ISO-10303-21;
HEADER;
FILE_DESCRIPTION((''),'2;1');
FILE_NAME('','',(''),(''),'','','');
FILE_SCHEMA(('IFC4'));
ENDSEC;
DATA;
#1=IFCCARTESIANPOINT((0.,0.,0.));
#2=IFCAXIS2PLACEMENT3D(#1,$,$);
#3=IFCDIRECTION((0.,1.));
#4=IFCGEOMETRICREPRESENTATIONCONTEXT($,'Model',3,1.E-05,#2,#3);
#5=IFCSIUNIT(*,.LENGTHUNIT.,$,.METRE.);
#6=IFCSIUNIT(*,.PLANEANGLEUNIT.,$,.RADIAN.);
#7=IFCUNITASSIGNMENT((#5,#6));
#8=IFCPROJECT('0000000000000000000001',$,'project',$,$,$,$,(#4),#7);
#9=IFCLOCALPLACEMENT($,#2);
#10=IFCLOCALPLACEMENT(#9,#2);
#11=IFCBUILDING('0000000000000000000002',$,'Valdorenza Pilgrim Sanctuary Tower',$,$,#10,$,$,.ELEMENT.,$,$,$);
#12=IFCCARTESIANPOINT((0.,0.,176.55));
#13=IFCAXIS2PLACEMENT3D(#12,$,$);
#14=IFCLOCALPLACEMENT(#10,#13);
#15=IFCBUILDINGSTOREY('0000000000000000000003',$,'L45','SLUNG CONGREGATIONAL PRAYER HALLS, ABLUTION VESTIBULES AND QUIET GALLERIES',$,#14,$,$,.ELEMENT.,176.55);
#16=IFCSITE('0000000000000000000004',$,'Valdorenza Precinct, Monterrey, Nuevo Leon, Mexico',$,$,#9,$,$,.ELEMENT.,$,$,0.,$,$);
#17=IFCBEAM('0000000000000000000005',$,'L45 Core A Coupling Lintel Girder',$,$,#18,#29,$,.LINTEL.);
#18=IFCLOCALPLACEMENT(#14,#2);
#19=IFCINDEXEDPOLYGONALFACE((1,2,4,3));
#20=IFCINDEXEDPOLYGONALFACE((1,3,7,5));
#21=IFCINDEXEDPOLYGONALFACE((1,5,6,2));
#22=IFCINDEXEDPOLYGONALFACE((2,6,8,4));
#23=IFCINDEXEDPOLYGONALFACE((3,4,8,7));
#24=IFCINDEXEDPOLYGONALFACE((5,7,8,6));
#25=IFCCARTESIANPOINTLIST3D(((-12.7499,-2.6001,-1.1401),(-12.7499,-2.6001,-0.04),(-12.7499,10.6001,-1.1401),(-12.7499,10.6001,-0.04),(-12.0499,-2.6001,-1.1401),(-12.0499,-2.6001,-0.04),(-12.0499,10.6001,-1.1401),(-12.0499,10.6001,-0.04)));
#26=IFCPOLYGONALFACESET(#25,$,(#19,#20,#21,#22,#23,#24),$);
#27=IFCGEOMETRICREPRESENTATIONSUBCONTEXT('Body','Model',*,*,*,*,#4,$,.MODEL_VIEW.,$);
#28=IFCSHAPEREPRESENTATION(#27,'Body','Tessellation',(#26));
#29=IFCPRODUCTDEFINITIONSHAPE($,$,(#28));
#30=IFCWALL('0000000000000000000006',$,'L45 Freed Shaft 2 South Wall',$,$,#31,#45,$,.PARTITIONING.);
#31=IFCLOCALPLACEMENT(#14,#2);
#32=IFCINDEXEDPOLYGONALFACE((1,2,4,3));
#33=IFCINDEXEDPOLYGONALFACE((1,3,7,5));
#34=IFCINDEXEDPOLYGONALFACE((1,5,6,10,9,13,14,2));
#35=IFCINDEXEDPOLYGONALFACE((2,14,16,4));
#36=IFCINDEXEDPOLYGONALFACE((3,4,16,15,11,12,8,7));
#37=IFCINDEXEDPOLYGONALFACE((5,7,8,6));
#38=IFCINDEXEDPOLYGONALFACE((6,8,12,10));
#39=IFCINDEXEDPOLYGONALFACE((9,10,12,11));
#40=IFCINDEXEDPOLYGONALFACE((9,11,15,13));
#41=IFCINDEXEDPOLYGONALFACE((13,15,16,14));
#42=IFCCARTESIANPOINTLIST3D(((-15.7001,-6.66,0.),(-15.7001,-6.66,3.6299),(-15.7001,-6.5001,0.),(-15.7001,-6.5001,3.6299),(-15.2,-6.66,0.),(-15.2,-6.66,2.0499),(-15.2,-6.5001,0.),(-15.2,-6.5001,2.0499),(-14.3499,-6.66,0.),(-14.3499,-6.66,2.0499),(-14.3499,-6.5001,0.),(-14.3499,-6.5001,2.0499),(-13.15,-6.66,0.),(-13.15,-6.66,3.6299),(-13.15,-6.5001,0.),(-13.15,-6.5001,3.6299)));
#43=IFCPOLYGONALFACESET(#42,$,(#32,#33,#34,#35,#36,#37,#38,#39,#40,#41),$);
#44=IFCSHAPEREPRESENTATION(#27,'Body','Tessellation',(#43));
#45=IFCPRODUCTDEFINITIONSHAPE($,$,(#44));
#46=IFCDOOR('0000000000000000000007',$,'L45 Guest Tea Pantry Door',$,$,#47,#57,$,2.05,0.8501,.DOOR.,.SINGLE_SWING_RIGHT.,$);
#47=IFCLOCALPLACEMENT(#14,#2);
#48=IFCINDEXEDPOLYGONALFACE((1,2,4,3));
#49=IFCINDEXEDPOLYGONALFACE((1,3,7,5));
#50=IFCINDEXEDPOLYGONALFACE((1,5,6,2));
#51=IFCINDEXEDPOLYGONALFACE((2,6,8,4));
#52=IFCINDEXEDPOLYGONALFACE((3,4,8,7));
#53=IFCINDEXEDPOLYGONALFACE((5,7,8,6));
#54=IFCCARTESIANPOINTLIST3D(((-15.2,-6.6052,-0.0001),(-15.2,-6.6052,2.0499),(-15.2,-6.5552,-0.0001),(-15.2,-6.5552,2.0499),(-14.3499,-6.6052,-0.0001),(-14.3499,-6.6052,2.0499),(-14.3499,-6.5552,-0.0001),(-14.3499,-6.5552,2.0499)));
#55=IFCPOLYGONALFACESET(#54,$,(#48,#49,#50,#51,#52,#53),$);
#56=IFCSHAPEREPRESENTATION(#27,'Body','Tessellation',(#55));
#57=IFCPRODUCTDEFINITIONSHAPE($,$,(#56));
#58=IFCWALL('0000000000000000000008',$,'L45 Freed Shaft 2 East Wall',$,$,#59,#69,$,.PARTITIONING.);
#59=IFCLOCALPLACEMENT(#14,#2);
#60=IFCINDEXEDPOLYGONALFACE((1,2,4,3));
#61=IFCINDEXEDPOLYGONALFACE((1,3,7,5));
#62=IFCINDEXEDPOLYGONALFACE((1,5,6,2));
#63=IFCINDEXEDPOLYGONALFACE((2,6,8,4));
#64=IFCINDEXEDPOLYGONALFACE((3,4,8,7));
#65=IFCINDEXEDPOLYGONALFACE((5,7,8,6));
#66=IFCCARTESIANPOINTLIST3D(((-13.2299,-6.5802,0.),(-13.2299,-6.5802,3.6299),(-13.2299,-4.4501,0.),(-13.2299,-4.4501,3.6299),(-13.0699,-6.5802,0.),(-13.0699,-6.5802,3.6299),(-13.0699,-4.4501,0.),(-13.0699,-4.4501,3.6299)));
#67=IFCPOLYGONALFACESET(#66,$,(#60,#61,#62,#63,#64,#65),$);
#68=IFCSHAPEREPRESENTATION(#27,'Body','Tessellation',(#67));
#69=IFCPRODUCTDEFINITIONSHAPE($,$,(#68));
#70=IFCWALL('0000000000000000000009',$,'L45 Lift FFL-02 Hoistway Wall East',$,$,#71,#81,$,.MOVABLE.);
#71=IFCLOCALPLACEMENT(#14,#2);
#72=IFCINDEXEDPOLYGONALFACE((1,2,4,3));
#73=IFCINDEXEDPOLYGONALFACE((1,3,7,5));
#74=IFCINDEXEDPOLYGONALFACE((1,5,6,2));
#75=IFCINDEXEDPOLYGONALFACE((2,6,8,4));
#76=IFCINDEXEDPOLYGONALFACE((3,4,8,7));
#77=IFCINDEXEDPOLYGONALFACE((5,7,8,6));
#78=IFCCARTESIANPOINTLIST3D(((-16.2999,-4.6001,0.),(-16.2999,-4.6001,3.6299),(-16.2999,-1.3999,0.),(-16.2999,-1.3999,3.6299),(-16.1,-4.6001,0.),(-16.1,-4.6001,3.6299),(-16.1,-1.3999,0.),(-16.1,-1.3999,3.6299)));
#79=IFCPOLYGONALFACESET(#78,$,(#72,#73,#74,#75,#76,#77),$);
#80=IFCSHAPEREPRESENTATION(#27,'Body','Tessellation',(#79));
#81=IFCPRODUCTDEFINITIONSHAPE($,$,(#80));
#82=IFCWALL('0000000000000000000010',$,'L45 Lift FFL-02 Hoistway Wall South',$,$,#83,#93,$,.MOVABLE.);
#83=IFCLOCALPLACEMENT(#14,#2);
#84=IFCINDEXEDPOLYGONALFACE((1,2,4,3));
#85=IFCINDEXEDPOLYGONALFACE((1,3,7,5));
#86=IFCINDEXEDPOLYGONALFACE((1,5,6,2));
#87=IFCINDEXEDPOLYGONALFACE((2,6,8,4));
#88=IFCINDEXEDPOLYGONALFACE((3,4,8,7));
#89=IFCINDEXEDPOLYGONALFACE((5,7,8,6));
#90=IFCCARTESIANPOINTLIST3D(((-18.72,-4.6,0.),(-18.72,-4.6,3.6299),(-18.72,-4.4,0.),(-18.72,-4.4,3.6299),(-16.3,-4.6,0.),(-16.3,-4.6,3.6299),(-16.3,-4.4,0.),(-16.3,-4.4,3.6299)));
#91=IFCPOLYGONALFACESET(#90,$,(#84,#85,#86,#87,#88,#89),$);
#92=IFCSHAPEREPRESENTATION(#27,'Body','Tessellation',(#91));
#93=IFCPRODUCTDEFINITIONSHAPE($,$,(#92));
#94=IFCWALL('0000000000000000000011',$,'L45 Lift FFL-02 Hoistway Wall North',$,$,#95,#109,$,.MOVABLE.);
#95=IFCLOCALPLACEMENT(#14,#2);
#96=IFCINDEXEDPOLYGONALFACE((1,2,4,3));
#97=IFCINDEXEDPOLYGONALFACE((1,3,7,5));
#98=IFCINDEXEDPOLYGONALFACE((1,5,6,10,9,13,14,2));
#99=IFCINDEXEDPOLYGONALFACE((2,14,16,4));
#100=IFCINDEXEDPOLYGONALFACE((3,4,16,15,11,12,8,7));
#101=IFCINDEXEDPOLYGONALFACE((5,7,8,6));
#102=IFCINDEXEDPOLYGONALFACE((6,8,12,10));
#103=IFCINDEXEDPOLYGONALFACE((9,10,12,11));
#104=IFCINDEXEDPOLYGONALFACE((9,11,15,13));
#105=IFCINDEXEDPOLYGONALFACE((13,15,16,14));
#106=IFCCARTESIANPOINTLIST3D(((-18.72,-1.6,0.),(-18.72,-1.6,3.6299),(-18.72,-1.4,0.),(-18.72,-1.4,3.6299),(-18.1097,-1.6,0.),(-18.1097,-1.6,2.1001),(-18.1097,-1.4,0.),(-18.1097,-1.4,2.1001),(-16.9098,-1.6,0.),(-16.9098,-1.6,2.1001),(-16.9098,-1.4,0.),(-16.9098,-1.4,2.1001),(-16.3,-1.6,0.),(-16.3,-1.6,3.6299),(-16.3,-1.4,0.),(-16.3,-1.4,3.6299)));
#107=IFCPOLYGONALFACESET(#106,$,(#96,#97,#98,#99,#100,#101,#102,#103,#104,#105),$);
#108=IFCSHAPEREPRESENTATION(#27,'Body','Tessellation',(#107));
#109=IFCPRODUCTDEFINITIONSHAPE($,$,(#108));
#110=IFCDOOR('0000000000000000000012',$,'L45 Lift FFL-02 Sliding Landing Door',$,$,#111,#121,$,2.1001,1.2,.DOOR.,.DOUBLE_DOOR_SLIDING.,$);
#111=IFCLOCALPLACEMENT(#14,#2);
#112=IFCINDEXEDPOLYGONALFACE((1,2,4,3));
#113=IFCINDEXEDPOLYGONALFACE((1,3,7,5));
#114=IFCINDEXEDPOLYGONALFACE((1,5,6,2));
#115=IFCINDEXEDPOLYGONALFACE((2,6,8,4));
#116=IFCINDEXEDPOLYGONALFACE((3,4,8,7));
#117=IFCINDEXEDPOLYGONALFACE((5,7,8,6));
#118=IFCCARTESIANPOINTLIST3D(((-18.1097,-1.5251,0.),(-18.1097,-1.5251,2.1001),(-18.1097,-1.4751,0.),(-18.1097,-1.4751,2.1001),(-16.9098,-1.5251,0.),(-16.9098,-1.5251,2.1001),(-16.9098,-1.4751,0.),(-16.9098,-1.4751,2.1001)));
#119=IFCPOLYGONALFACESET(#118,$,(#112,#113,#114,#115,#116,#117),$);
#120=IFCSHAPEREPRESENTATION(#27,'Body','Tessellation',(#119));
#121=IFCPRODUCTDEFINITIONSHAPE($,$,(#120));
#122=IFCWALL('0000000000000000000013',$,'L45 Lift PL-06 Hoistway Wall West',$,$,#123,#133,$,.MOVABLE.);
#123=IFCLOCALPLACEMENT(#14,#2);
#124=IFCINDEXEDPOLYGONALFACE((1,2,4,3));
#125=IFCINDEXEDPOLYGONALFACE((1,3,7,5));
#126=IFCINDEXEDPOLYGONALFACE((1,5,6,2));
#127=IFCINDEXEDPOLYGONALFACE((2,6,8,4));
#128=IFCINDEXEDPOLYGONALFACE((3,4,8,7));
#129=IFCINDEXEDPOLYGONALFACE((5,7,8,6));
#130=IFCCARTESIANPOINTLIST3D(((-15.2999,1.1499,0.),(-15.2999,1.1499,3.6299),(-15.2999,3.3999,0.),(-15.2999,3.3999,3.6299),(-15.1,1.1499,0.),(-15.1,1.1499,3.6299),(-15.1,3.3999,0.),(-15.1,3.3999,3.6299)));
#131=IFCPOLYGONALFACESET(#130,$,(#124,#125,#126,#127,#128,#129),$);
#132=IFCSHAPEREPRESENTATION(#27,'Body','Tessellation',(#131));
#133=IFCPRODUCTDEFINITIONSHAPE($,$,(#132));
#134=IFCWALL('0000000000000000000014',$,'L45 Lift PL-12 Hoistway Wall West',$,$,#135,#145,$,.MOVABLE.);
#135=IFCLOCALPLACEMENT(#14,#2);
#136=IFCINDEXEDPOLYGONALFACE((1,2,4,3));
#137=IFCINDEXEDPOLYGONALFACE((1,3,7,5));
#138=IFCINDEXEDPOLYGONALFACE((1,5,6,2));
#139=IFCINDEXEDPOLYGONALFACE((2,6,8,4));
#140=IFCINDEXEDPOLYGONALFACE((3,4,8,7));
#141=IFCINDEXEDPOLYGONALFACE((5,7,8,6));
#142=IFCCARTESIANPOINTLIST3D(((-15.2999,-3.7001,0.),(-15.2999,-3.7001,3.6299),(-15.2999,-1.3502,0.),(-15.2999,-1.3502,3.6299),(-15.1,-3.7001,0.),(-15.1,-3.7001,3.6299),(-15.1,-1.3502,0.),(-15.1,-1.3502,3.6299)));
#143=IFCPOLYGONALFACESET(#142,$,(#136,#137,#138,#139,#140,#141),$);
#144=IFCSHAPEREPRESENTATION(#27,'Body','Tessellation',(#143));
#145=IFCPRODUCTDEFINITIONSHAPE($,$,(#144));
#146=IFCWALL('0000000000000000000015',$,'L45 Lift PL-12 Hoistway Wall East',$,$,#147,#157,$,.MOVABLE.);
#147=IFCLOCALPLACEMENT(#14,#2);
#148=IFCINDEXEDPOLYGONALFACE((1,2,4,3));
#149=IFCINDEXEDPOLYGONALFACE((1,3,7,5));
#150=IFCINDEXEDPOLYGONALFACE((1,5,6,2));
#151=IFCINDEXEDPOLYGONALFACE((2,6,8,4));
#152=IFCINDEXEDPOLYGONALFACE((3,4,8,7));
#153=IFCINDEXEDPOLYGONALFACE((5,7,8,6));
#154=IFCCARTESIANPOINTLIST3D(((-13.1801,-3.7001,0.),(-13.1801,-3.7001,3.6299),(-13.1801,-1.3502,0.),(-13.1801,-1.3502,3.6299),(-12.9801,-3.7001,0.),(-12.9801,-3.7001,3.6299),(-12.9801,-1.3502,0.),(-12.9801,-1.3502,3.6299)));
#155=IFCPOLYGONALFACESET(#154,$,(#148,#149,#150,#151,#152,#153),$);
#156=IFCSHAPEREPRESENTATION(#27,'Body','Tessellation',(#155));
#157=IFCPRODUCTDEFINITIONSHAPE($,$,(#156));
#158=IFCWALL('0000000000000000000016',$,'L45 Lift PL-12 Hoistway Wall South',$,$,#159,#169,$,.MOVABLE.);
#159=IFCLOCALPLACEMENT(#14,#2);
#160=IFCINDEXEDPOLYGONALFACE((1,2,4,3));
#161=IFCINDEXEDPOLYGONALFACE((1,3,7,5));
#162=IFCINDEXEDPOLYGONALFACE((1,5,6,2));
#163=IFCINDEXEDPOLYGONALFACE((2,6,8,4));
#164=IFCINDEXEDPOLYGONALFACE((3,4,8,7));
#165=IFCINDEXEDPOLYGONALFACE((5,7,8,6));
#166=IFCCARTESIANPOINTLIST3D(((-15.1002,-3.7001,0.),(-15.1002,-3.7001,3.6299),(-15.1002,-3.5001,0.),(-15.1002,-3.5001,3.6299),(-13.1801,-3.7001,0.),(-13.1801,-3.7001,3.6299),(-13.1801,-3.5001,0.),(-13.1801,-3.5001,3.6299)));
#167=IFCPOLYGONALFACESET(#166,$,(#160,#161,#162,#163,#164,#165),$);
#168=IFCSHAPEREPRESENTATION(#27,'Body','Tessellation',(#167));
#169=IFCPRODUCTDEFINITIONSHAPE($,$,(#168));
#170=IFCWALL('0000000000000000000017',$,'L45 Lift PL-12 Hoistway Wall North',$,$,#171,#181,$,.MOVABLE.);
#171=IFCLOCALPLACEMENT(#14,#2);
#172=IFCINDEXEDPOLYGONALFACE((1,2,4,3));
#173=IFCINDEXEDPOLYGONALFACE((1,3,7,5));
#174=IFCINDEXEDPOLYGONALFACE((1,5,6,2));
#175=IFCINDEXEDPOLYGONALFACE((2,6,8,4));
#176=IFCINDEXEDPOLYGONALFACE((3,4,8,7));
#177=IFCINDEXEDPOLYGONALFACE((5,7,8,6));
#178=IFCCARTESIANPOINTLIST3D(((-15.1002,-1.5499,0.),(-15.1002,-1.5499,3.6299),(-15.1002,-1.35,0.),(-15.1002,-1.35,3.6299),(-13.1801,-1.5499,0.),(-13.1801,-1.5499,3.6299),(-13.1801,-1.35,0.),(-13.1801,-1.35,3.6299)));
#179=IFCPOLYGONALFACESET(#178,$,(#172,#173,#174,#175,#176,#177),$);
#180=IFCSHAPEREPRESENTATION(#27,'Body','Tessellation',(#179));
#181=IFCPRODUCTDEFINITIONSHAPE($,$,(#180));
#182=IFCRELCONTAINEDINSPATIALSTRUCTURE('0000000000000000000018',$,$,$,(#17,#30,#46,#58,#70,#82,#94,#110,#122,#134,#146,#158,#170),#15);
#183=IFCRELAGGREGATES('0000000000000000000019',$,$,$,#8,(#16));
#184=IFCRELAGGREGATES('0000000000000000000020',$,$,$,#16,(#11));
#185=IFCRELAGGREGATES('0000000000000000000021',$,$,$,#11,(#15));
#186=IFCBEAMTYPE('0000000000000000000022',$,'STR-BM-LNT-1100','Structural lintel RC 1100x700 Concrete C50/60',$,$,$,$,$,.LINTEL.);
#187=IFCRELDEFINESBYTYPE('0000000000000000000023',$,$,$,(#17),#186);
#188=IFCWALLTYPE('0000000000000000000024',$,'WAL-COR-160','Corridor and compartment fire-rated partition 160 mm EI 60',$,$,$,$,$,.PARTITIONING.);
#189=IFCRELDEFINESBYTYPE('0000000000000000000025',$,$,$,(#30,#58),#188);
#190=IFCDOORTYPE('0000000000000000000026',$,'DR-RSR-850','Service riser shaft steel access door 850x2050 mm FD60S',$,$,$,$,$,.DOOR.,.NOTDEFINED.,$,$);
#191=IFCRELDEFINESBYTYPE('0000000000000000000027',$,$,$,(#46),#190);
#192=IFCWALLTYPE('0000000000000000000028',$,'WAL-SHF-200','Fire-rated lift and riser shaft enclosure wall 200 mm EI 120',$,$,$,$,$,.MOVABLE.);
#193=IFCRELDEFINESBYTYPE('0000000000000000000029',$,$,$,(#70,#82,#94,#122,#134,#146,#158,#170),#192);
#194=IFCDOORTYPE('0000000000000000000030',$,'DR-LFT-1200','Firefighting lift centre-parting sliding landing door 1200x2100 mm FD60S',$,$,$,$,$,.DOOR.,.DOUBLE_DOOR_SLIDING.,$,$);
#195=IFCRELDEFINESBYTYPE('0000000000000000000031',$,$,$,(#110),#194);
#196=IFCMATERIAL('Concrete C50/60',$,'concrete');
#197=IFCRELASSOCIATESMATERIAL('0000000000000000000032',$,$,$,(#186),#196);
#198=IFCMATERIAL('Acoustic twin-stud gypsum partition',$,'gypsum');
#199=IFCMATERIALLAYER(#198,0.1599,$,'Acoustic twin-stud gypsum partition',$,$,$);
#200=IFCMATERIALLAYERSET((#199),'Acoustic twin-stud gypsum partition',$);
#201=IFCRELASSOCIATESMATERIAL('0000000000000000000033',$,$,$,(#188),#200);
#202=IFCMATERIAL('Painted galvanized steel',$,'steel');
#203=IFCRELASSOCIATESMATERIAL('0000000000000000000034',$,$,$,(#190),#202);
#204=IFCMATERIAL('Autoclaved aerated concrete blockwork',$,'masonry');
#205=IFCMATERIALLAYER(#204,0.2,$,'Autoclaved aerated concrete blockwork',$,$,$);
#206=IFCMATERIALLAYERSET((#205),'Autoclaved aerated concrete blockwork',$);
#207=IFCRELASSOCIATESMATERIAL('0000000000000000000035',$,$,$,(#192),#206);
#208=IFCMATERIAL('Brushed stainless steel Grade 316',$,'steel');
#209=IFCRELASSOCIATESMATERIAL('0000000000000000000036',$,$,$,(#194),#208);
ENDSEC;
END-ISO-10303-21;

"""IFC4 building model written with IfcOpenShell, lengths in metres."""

from ifc_helpers import new_model, si_unit, direction, frame, frame_2d, origin, origin_2d, place, context, subcontext, project, spatial, rectangle, extrude, source, transform, mapped, material, layer, layer_set, material_profile, profile_set, type_object, element, fill, save


model = new_model("IFC4")

# Units and contexts
model_context = context("Model", 3, precision=1e-05, world=origin(), true_north=direction((0.0, 1.0)))
body_context = subcontext(model_context, "Body", "Model", "MODEL_VIEW")
ifc_project = project(units=[si_unit("LENGTHUNIT", "METRE"), si_unit("PLANEANGLEUNIT", "RADIAN")], contexts=[model_context])

# Site, building, storey
site_placement = place(None, origin())
site = spatial("IfcSite", under=ifc_project, at=site_placement, Name="Valdorenza Precinct, Monterrey, Nuevo Leon, Mexico", CompositionType="ELEMENT", RefElevation=0.0)
building_placement = place(site_placement, origin())
building = spatial("IfcBuilding", under=site, at=building_placement, Name="Valdorenza Pilgrim Sanctuary Tower", CompositionType="ELEMENT")
storey_placement = place(building_placement, frame((0.0, 0.0, 176.55)))
storey = spatial("IfcBuildingStorey", under=building, at=storey_placement, Name="L45", Description="SLUNG CONGREGATIONAL PRAYER HALLS, ABLUTION VESTIBULES AND QUIET GALLERIES", CompositionType="ELEMENT", Elevation=176.55)

# Beam
ifc_material_1 = material(Name="Concrete C50/60", Category="concrete")
ifc_material_profile = material_profile(ifc_material_1, rectangle(XDim=0.7, YDim=1.1001, at=origin_2d()), Name="RC 1100x700")
ifc_profile_set = profile_set([ifc_material_profile], Name="Concrete C50/60")
beam_type = type_object("IfcBeamType", Name="STR-BM-LNT-1100", Description="Structural lintel RC 1100x700 Concrete C50/60", PredefinedType="LINTEL", material=ifc_profile_set)
shared_shape = source(origin(), body_context, "Body", "SweptSolid", [
    extrude(rectangle(XDim=0.7, YDim=1.1001, at=origin_2d()), origin(), (0.0, 0.0, 1.0), 13.2002),
])
beam_placement = place(storey_placement, frame((-12.3999, -2.6001, -0.5901), z_axis=(0.0, 1.0, 0.0), x_axis=(-1.0, 0.0, 0.0)))
element("IfcBeam", 1, at=beam_placement, inside=storey, type_object=beam_type, Name="L45 Core A Coupling Lintel Girder", PredefinedType="LINTEL", context=body_context, shape_type="MappedRepresentation", body=[
    mapped(shared_shape, transform((0.0, 0.0, 0.0), x_axis=(1.0, 0.0, 0.0), y_axis=(0.0, 1.0, 0.0), z_axis=(0.0, 0.0, 1.0), scale=1.0)),
])

# Wall, opening, door
ifc_material_2 = material(Name="Acoustic twin-stud gypsum partition", Category="gypsum")
ifc_layer_1 = layer(ifc_material_2, 0.1599, Name="Acoustic twin-stud gypsum partition")
ifc_layer_set_1 = layer_set([ifc_layer_1], Name="Acoustic twin-stud gypsum partition")
wall_type_1 = type_object("IfcWallType", Name="WAL-COR-160", Description="Corridor and compartment fire-rated partition 160 mm EI 60", PredefinedType="PARTITIONING", material=ifc_layer_set_1)
wall_1_placement = place(storey_placement, frame((-15.7, -6.5801, 0.0), z_axis=(0.0, 0.0, 1.0), x_axis=(1.0, 0.0, 0.0)))
wall_1 = element("IfcWall", 2, at=wall_1_placement, inside=storey, type_object=wall_type_1, Name="L45 Freed Shaft 2 South Wall", PredefinedType="PARTITIONING", context=body_context, shape_type="SweptSolid", body=[
    extrude(rectangle(XDim=2.55, YDim=0.1599, at=frame_2d((1.2749, 0.0))), origin(), (0.0, 0.0, 1.0), 3.6299),
])
opening_1_placement = place(wall_1_placement, frame((0.5, 0.0, 0.0)))
opening_1 = element("IfcOpeningElement", 3, at=opening_1_placement, cuts=wall_1, PredefinedType="OPENING", context=body_context, shape_type="SweptSolid", body=[
    extrude(rectangle(XDim=0.8501, YDim=2.05, at=frame_2d((0.425, 1.0249))), frame((0.0, 0.0947, 0.0), z_axis=(0.0, -1.0, 0.0), x_axis=(1.0, 0.0, 0.0)), (0.0, 0.0, 1.0), 0.1897),
])
ifc_material_3 = material(Name="Painted galvanized steel", Category="steel")
door_type_1 = type_object("IfcDoorType", Name="DR-RSR-850", Description="Service riser shaft steel access door 850x2050 mm FD60S", OperationType="NOTDEFINED", PredefinedType="DOOR", material=ifc_material_3)
door_1_placement = place(opening_1_placement, origin())
door_1 = element("IfcDoor", 4, at=door_1_placement, inside=storey, type_object=door_type_1, Name="L45 Guest Tea Pantry Door", OperationType="SINGLE_SWING_RIGHT", OverallHeight=2.05, OverallWidth=0.8501, PredefinedType="DOOR", context=body_context, shape_type="SweptSolid", body=[
    extrude(rectangle(XDim=0.8501, YDim=2.05, at=frame_2d((0.425, 1.0249))), frame((0.0, 0.0249, 0.0), z_axis=(0.0, -1.0, 0.0), x_axis=(1.0, 0.0, 0.0)), (0.0, 0.0, 1.0), 0.05),
])
fill(opening_1, door_1)

# Wall
wall_2_placement = place(storey_placement, frame((-13.1499, -6.5801, 0.0), z_axis=(0.0, 0.0, 1.0), x_axis=(0.0, 1.0, 0.0)))
element("IfcWall", 5, at=wall_2_placement, inside=storey, type_object=wall_type_1, Name="L45 Freed Shaft 2 East Wall", PredefinedType="PARTITIONING", context=body_context, shape_type="SweptSolid", body=[
    extrude(rectangle(XDim=2.1301, YDim=0.1599, at=frame_2d((1.0649, 0.0))), origin(), (0.0, 0.0, 1.0), 3.6299),
])

# Walls
ifc_material_4 = material(Name="Autoclaved aerated concrete blockwork", Category="masonry")
ifc_layer_2 = layer(ifc_material_4, 0.2, Name="Autoclaved aerated concrete blockwork")
ifc_layer_set_2 = layer_set([ifc_layer_2], Name="Autoclaved aerated concrete blockwork")
wall_type_2 = type_object("IfcWallType", Name="WAL-SHF-200", Description="Fire-rated lift and riser shaft enclosure wall 200 mm EI 120", PredefinedType="MOVABLE", material=ifc_layer_set_2)
wall_3_placement = place(storey_placement, frame((-16.2, -4.6001, 0.0), z_axis=(0.0, 0.0, 1.0), x_axis=(0.0, 1.0, 0.0)))
element("IfcWall", 6, at=wall_3_placement, inside=storey, type_object=wall_type_2, Name="L45 Lift FFL-02 Hoistway Wall East", PredefinedType="MOVABLE", context=body_context, shape_type="SweptSolid", body=[
    extrude(rectangle(XDim=3.2002, YDim=0.2, at=frame_2d((1.6001, 0.0))), origin(), (0.0, 0.0, 1.0), 3.6299),
])
wall_4_placement = place(storey_placement, frame((-18.72, -4.5, 0.0), z_axis=(0.0, 0.0, 1.0), x_axis=(1.0, 0.0, 0.0)))
element("IfcWall", 7, at=wall_4_placement, inside=storey, type_object=wall_type_2, Name="L45 Lift FFL-02 Hoistway Wall South", PredefinedType="MOVABLE", context=body_context, shape_type="SweptSolid", body=[
    extrude(rectangle(XDim=2.4199, YDim=0.2, at=frame_2d((1.21, 0.0))), origin(), (0.0, 0.0, 1.0), 3.6299),
])

# Wall, opening, door
wall_5_placement = place(storey_placement, frame((-18.72, -1.5, 0.0), z_axis=(0.0, 0.0, 1.0), x_axis=(1.0, 0.0, 0.0)))
wall_5 = element("IfcWall", 8, at=wall_5_placement, inside=storey, type_object=wall_type_2, Name="L45 Lift FFL-02 Hoistway Wall North", PredefinedType="MOVABLE", context=body_context, shape_type="SweptSolid", body=[
    extrude(rectangle(XDim=2.4199, YDim=0.2, at=frame_2d((1.21, 0.0))), origin(), (0.0, 0.0, 1.0), 3.6299),
])
opening_2_placement = place(wall_5_placement, frame((0.6101, 0.0, 0.0)))
opening_2 = element("IfcOpeningElement", 9, at=opening_2_placement, cuts=wall_5, PredefinedType="OPENING", context=body_context, shape_type="SweptSolid", body=[
    extrude(rectangle(XDim=1.2, YDim=2.1001, at=frame_2d((0.6001, 1.05))), frame((0.0, 0.1147, 0.0), z_axis=(0.0, -1.0, 0.0), x_axis=(1.0, 0.0, 0.0)), (0.0, 0.0, 1.0), 0.2297),
])
ifc_material_5 = material(Name="Brushed stainless steel Grade 316", Category="steel")
door_type_2 = type_object("IfcDoorType", Name="DR-LFT-1200", Description="Firefighting lift centre-parting sliding landing door 1200x2100 mm FD60S", OperationType="DOUBLE_DOOR_SLIDING", PredefinedType="DOOR", material=ifc_material_5)
door_2_placement = place(opening_2_placement, origin())
door_2 = element("IfcDoor", 10, at=door_2_placement, inside=storey, type_object=door_type_2, Name="L45 Lift FFL-02 Sliding Landing Door", OperationType="DOUBLE_DOOR_SLIDING", OverallHeight=2.1001, OverallWidth=1.2, PredefinedType="DOOR", context=body_context, shape_type="SweptSolid", body=[
    extrude(rectangle(XDim=1.2, YDim=2.1001, at=frame_2d((0.6001, 1.05))), frame((0.0, 0.0249, 0.0), z_axis=(0.0, -1.0, 0.0), x_axis=(1.0, 0.0, 0.0)), (0.0, 0.0, 1.0), 0.05),
])
fill(opening_2, door_2)

# Walls
wall_6_placement = place(storey_placement, frame((-15.2, 1.1499, 0.0), z_axis=(0.0, 0.0, 1.0), x_axis=(0.0, 1.0, 0.0)))
element("IfcWall", 11, at=wall_6_placement, inside=storey, type_object=wall_type_2, Name="L45 Lift PL-06 Hoistway Wall West", PredefinedType="MOVABLE", context=body_context, shape_type="SweptSolid", body=[
    extrude(rectangle(XDim=2.25, YDim=0.2, at=frame_2d((1.125, 0.0))), origin(), (0.0, 0.0, 1.0), 3.6299),
])
for number, where, z_axis, x_axis, name in (
    (12, (-15.2, -3.7, 0.0), (0.0, 0.0, 1.0), (0.0, 1.0, 0.0), "L45 Lift PL-12 Hoistway Wall West"),
    (13, (-13.0801, -3.7, 0.0), (0.0, 0.0, 1.0), (0.0, 1.0, 0.0), "L45 Lift PL-12 Hoistway Wall East"),
):
    element("IfcWall", number, at=place(storey_placement, frame(where, z_axis=z_axis, x_axis=x_axis)), inside=storey, type_object=wall_type_2, Name=name, PredefinedType="MOVABLE", context=body_context, shape_type="SweptSolid", body=[
        extrude(rectangle(XDim=2.3499, YDim=0.2, at=frame_2d((1.1748, 0.0))), origin(), (0.0, 0.0, 1.0), 3.6299),
    ])
for number, where, z_axis, x_axis, name in (
    (14, (-15.1001, -3.6001, 0.0), (0.0, 0.0, 1.0), (1.0, 0.0, 0.0), "L45 Lift PL-12 Hoistway Wall South"),
    (15, (-15.1001, -1.45, 0.0), (0.0, 0.0, 1.0), (1.0, 0.0, 0.0), "L45 Lift PL-12 Hoistway Wall North"),
):
    element("IfcWall", number, at=place(storey_placement, frame(where, z_axis=z_axis, x_axis=x_axis)), inside=storey, type_object=wall_type_2, Name=name, PredefinedType="MOVABLE", context=body_context, shape_type="SweptSolid", body=[
        extrude(rectangle(XDim=1.9202, YDim=0.2, at=frame_2d((0.96, 0.0))), origin(), (0.0, 0.0, 1.0), 3.6299),
    ])

save(model, "model.ifc")
